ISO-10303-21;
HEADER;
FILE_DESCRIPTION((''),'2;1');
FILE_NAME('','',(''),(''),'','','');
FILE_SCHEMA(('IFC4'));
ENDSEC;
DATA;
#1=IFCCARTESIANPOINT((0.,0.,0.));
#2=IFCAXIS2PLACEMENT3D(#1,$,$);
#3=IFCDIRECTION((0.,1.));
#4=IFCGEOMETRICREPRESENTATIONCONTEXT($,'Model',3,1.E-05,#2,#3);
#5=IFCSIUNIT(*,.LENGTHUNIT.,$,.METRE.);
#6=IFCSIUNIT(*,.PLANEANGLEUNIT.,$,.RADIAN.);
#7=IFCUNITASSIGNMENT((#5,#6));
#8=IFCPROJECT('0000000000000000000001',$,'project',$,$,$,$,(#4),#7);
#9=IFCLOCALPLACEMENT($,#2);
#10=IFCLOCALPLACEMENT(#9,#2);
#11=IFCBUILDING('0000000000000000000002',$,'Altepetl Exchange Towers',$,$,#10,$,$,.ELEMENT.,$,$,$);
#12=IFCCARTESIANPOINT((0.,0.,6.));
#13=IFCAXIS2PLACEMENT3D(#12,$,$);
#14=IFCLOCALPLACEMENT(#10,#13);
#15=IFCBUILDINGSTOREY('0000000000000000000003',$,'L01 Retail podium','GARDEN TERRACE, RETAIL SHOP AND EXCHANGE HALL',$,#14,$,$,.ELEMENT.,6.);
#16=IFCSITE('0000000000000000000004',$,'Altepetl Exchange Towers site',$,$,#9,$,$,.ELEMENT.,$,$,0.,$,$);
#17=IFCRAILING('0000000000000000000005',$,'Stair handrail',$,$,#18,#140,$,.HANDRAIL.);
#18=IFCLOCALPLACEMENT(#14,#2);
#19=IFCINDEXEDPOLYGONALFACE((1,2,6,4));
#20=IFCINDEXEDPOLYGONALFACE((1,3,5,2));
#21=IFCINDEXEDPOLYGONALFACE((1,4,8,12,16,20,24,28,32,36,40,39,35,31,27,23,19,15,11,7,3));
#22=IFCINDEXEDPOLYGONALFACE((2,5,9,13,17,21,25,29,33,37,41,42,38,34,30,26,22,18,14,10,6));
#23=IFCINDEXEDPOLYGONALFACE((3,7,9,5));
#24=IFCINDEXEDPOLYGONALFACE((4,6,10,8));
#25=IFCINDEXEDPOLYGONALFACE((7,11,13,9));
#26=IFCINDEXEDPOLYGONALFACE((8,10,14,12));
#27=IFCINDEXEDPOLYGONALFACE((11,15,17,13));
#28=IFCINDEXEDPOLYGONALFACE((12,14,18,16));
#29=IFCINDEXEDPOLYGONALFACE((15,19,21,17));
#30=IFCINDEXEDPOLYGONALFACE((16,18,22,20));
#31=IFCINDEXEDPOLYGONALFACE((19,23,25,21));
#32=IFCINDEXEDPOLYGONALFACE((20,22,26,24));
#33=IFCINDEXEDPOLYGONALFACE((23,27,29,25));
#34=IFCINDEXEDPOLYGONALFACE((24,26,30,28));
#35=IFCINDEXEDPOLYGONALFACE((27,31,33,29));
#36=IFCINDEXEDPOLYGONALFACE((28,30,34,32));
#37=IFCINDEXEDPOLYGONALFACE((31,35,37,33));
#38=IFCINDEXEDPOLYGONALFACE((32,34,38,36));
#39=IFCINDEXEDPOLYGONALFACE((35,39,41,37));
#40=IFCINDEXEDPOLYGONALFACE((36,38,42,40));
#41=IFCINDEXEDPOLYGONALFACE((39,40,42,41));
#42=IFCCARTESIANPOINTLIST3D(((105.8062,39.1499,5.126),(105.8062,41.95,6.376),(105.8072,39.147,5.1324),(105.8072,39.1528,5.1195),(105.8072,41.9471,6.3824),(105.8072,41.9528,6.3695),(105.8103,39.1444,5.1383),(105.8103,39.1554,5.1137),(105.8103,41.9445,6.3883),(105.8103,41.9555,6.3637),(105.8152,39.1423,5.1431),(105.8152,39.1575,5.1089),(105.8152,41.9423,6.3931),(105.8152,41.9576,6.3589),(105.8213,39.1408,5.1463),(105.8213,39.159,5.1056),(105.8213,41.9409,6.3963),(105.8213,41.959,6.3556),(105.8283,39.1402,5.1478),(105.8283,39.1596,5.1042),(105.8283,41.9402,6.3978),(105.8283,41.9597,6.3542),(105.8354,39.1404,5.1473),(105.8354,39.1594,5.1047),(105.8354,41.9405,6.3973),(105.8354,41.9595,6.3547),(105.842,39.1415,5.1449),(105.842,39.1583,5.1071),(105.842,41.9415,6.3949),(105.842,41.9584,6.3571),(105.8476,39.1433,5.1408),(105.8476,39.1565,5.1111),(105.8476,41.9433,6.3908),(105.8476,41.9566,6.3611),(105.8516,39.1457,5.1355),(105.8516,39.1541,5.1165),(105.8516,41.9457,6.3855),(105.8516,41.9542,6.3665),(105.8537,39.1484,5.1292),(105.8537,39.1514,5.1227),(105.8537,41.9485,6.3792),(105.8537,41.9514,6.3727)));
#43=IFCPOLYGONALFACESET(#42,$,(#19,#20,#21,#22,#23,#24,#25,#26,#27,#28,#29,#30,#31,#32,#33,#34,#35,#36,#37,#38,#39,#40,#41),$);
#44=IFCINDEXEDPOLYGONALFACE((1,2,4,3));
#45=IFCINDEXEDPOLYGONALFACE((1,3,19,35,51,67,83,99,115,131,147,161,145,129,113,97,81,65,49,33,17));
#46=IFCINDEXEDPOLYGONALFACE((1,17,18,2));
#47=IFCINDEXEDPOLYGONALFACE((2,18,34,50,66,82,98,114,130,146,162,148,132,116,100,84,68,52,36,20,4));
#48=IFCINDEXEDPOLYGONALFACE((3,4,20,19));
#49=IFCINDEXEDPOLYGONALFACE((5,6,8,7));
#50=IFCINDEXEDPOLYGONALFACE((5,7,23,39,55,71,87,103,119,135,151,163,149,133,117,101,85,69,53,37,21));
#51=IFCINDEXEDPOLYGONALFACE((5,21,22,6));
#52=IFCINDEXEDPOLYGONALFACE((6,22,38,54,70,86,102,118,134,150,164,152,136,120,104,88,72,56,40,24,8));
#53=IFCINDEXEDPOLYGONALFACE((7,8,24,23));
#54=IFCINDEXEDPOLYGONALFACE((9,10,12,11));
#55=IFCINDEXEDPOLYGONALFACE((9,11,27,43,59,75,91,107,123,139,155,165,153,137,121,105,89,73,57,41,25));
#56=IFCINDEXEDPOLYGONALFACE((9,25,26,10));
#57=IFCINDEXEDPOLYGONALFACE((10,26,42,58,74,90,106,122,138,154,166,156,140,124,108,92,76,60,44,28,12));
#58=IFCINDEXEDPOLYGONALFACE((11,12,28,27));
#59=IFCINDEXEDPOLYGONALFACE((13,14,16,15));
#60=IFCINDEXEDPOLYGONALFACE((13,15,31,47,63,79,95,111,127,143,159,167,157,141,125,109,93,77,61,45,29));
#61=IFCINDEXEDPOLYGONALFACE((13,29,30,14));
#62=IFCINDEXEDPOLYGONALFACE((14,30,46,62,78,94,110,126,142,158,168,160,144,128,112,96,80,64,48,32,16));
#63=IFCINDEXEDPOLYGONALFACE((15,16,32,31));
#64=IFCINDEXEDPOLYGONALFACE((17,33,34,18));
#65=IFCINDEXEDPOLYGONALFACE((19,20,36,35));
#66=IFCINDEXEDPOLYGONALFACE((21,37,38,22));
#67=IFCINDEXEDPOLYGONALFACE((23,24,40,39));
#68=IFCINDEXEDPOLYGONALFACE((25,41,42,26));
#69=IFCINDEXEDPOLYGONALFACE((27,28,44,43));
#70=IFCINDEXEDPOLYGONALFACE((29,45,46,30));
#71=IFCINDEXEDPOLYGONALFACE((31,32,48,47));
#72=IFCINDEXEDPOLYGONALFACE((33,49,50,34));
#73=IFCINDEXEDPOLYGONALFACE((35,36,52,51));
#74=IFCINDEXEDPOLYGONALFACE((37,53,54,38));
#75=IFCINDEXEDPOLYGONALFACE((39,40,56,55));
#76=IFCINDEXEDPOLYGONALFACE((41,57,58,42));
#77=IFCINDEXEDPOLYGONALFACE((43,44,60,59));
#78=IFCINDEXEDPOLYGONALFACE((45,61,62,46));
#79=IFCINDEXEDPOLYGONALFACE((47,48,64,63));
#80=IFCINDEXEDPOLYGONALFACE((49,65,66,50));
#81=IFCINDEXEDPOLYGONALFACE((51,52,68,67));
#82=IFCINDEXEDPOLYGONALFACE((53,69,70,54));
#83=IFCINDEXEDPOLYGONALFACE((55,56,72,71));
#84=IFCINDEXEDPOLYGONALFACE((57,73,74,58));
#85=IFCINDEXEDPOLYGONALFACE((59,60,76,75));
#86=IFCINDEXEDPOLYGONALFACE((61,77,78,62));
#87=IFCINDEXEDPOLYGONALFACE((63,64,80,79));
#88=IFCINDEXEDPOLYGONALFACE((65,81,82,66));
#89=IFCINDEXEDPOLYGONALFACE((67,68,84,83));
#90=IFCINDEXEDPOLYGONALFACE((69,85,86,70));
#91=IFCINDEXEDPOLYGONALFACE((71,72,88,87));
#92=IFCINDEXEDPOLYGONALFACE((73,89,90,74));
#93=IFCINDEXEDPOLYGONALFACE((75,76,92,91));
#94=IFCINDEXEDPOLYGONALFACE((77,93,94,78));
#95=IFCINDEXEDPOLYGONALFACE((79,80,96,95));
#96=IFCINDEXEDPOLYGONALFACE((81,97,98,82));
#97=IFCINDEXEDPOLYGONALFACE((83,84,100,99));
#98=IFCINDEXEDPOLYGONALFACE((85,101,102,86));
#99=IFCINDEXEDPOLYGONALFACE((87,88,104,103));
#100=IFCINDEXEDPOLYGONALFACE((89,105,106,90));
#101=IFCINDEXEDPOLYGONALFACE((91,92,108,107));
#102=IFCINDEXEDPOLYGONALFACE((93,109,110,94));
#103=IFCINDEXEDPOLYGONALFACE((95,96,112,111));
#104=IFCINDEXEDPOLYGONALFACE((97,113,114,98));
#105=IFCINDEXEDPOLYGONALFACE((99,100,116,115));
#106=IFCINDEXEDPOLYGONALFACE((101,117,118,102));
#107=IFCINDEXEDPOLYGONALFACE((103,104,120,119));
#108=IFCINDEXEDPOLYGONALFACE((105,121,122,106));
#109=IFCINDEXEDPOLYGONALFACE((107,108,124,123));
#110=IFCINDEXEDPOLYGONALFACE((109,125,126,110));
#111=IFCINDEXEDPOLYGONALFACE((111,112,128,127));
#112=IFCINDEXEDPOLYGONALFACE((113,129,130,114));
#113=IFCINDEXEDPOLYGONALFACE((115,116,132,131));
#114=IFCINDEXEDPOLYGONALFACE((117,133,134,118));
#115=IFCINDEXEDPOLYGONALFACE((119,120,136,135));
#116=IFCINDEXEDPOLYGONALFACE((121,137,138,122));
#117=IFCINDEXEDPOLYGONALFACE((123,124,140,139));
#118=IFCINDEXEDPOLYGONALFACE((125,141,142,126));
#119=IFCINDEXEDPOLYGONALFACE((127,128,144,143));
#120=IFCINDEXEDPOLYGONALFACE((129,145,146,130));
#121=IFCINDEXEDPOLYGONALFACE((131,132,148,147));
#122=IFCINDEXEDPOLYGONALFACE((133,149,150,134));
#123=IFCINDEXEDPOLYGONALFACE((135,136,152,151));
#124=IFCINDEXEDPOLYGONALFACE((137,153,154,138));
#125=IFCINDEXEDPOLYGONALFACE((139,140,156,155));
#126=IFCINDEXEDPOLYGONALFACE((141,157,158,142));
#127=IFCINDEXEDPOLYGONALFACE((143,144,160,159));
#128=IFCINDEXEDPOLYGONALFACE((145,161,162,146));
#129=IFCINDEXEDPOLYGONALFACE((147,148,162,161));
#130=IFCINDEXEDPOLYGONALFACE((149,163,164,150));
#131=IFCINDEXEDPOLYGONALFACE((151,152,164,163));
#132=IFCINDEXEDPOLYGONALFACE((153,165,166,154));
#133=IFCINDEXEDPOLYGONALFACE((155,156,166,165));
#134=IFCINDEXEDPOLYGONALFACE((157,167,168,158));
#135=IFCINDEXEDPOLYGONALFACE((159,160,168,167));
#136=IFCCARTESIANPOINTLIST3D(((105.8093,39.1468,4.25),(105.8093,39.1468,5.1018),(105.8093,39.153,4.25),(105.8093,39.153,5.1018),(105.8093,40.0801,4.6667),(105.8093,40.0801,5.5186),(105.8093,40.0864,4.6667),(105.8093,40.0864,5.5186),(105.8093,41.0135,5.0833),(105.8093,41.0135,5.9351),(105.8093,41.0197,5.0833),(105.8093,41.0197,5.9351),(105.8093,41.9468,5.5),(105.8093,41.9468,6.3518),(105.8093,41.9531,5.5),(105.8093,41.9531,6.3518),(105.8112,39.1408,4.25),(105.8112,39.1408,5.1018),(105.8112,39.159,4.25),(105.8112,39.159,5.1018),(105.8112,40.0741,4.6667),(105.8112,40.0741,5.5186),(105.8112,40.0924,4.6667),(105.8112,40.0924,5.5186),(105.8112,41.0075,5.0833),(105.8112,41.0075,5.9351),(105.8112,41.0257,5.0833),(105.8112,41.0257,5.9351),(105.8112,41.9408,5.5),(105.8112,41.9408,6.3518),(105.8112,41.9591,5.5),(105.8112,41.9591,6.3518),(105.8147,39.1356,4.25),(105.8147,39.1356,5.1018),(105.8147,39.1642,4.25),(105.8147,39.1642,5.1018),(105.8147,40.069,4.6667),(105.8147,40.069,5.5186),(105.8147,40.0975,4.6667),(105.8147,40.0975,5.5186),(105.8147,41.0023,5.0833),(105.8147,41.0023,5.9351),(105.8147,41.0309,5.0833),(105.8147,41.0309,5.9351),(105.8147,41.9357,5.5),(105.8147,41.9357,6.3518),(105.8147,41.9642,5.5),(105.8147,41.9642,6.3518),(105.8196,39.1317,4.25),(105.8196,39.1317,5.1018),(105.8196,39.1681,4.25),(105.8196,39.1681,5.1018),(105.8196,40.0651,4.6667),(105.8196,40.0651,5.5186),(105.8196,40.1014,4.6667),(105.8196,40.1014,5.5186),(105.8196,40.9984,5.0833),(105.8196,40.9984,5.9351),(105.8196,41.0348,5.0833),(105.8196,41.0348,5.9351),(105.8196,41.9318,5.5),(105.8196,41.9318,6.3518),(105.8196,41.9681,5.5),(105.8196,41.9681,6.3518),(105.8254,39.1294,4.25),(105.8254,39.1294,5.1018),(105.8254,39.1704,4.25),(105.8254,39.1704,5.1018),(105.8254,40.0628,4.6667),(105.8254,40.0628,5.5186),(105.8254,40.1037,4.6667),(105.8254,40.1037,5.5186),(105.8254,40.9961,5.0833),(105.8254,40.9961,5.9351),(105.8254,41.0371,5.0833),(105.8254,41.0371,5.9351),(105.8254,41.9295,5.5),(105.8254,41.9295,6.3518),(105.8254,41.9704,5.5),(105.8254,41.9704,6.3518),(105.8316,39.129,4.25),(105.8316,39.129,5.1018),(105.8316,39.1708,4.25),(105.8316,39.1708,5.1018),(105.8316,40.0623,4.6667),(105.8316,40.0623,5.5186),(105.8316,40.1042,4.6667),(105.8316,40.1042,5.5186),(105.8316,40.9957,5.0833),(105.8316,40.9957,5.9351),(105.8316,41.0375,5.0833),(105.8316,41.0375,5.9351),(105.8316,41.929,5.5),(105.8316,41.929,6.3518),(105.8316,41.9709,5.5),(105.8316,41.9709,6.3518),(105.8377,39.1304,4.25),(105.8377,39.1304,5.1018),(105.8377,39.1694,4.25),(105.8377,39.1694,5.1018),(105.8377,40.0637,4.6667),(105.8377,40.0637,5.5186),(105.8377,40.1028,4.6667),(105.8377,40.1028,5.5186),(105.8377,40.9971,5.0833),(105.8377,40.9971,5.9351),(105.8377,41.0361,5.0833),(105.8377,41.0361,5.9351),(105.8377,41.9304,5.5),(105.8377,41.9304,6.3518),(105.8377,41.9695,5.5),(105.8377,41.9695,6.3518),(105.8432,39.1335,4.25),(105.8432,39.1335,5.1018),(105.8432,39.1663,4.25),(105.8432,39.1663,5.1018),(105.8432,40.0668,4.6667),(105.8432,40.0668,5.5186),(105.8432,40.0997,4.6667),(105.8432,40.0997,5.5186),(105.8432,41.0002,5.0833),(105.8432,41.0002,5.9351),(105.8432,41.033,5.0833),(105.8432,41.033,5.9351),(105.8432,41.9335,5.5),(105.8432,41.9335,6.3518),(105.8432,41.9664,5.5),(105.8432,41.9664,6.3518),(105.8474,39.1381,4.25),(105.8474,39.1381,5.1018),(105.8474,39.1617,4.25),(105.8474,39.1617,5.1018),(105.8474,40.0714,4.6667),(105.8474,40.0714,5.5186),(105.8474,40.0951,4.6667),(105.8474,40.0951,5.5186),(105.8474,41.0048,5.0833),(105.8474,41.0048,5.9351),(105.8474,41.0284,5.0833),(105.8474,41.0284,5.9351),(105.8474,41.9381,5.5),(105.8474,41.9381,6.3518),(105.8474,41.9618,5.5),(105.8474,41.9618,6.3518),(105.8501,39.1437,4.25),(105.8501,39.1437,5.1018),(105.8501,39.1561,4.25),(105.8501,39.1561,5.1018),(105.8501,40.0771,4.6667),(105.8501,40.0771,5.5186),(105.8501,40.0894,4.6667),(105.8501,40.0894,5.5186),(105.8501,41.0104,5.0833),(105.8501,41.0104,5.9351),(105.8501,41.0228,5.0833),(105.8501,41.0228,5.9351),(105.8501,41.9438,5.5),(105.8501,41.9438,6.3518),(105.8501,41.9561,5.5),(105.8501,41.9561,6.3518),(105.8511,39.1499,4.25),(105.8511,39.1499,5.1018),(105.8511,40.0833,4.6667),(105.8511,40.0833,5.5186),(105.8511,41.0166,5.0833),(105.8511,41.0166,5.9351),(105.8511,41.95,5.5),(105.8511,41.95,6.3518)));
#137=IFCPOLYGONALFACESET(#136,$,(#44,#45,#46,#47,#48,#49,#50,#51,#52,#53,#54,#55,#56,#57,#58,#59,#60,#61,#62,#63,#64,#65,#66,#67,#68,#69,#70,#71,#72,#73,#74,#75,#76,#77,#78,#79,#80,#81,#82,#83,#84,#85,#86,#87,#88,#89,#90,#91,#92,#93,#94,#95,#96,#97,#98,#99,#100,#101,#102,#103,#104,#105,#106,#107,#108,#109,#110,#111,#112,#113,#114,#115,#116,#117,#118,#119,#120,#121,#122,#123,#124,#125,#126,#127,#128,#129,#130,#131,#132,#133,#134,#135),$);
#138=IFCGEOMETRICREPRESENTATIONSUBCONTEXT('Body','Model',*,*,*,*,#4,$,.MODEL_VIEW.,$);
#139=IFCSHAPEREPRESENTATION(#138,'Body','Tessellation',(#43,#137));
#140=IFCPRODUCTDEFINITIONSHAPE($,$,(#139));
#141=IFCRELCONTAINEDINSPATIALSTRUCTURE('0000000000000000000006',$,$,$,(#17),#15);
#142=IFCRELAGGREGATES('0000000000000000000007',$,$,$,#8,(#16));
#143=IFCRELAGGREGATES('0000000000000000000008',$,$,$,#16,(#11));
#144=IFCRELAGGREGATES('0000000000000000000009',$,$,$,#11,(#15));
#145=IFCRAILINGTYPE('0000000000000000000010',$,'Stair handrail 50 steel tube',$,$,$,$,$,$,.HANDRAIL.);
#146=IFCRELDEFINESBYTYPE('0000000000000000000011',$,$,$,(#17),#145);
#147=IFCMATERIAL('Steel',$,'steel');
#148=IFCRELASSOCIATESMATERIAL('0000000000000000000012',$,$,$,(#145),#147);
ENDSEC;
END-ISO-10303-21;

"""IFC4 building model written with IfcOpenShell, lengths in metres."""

from ifc_helpers import new_model, si_unit, direction, frame, origin, origin_2d, place, context, subcontext, project, spatial, circle, extrude, source, transform, mapped, material, type_object, element, save


model = new_model("IFC4")

# Units and contexts
model_context = context("Model", 3, precision=1e-05, world=origin(), true_north=direction((0.0, 1.0)))
body_context = subcontext(model_context, "Body", "Model", "MODEL_VIEW")
ifc_project = project(units=[si_unit("LENGTHUNIT", "METRE"), si_unit("PLANEANGLEUNIT", "RADIAN")], contexts=[model_context])

# Site, building, storey
site_placement = place(None, origin())
site = spatial("IfcSite", under=ifc_project, at=site_placement, Name="Altepetl Exchange Towers site", CompositionType="ELEMENT", RefElevation=0.0)
building_placement = place(site_placement, origin())
building = spatial("IfcBuilding", under=site, at=building_placement, Name="Altepetl Exchange Towers", CompositionType="ELEMENT")
storey_placement = place(building_placement, frame((0.0, 0.0, 6.0)))
storey = spatial("IfcBuildingStorey", under=building, at=storey_placement, Name="L01 Retail podium", Description="GARDEN TERRACE, RETAIL SHOP AND EXCHANGE HALL", CompositionType="ELEMENT", Elevation=6.0)

# Railing
ifc_material_1 = material(Name="Steel", Category="steel")
railing_type = type_object("IfcRailingType", Name="Stair handrail 50 steel tube", PredefinedType="HANDRAIL", material=ifc_material_1)
shared_shape = source(origin(), body_context, "Body", "SweptSolid", [
    extrude(circle(Radius=0.021, at=origin_2d()), origin(), (0.0, 0.0, 1.0), 0.8518),
])
railing_placement = place(storey_placement, frame((105.8301, 39.1499, 4.25)))
element("IfcRailing", 1, at=railing_placement, inside=storey, type_object=railing_type, Name="Stair handrail", PredefinedType="HANDRAIL", context=body_context, shape_type="SweptSolid", body=[
    extrude(circle(Radius=0.0239, at=origin_2d()), frame((0.0, 0.0, 0.876), z_axis=(0.0, 0.913141, 0.407645), x_axis=(-1.0, 0.0, 0.0)), (0.0, 0.0, 1.0), 3.0664),
    mapped(shared_shape, transform((0.0, 0.0, 0.0))),
    mapped(shared_shape, transform((0.0, 0.9333, 0.4167))),
    mapped(shared_shape, transform((0.0, 1.8667, 0.8333))),
    mapped(shared_shape, transform((0.0, 2.8, 1.25))),
])

save(model, "model.ifc")
